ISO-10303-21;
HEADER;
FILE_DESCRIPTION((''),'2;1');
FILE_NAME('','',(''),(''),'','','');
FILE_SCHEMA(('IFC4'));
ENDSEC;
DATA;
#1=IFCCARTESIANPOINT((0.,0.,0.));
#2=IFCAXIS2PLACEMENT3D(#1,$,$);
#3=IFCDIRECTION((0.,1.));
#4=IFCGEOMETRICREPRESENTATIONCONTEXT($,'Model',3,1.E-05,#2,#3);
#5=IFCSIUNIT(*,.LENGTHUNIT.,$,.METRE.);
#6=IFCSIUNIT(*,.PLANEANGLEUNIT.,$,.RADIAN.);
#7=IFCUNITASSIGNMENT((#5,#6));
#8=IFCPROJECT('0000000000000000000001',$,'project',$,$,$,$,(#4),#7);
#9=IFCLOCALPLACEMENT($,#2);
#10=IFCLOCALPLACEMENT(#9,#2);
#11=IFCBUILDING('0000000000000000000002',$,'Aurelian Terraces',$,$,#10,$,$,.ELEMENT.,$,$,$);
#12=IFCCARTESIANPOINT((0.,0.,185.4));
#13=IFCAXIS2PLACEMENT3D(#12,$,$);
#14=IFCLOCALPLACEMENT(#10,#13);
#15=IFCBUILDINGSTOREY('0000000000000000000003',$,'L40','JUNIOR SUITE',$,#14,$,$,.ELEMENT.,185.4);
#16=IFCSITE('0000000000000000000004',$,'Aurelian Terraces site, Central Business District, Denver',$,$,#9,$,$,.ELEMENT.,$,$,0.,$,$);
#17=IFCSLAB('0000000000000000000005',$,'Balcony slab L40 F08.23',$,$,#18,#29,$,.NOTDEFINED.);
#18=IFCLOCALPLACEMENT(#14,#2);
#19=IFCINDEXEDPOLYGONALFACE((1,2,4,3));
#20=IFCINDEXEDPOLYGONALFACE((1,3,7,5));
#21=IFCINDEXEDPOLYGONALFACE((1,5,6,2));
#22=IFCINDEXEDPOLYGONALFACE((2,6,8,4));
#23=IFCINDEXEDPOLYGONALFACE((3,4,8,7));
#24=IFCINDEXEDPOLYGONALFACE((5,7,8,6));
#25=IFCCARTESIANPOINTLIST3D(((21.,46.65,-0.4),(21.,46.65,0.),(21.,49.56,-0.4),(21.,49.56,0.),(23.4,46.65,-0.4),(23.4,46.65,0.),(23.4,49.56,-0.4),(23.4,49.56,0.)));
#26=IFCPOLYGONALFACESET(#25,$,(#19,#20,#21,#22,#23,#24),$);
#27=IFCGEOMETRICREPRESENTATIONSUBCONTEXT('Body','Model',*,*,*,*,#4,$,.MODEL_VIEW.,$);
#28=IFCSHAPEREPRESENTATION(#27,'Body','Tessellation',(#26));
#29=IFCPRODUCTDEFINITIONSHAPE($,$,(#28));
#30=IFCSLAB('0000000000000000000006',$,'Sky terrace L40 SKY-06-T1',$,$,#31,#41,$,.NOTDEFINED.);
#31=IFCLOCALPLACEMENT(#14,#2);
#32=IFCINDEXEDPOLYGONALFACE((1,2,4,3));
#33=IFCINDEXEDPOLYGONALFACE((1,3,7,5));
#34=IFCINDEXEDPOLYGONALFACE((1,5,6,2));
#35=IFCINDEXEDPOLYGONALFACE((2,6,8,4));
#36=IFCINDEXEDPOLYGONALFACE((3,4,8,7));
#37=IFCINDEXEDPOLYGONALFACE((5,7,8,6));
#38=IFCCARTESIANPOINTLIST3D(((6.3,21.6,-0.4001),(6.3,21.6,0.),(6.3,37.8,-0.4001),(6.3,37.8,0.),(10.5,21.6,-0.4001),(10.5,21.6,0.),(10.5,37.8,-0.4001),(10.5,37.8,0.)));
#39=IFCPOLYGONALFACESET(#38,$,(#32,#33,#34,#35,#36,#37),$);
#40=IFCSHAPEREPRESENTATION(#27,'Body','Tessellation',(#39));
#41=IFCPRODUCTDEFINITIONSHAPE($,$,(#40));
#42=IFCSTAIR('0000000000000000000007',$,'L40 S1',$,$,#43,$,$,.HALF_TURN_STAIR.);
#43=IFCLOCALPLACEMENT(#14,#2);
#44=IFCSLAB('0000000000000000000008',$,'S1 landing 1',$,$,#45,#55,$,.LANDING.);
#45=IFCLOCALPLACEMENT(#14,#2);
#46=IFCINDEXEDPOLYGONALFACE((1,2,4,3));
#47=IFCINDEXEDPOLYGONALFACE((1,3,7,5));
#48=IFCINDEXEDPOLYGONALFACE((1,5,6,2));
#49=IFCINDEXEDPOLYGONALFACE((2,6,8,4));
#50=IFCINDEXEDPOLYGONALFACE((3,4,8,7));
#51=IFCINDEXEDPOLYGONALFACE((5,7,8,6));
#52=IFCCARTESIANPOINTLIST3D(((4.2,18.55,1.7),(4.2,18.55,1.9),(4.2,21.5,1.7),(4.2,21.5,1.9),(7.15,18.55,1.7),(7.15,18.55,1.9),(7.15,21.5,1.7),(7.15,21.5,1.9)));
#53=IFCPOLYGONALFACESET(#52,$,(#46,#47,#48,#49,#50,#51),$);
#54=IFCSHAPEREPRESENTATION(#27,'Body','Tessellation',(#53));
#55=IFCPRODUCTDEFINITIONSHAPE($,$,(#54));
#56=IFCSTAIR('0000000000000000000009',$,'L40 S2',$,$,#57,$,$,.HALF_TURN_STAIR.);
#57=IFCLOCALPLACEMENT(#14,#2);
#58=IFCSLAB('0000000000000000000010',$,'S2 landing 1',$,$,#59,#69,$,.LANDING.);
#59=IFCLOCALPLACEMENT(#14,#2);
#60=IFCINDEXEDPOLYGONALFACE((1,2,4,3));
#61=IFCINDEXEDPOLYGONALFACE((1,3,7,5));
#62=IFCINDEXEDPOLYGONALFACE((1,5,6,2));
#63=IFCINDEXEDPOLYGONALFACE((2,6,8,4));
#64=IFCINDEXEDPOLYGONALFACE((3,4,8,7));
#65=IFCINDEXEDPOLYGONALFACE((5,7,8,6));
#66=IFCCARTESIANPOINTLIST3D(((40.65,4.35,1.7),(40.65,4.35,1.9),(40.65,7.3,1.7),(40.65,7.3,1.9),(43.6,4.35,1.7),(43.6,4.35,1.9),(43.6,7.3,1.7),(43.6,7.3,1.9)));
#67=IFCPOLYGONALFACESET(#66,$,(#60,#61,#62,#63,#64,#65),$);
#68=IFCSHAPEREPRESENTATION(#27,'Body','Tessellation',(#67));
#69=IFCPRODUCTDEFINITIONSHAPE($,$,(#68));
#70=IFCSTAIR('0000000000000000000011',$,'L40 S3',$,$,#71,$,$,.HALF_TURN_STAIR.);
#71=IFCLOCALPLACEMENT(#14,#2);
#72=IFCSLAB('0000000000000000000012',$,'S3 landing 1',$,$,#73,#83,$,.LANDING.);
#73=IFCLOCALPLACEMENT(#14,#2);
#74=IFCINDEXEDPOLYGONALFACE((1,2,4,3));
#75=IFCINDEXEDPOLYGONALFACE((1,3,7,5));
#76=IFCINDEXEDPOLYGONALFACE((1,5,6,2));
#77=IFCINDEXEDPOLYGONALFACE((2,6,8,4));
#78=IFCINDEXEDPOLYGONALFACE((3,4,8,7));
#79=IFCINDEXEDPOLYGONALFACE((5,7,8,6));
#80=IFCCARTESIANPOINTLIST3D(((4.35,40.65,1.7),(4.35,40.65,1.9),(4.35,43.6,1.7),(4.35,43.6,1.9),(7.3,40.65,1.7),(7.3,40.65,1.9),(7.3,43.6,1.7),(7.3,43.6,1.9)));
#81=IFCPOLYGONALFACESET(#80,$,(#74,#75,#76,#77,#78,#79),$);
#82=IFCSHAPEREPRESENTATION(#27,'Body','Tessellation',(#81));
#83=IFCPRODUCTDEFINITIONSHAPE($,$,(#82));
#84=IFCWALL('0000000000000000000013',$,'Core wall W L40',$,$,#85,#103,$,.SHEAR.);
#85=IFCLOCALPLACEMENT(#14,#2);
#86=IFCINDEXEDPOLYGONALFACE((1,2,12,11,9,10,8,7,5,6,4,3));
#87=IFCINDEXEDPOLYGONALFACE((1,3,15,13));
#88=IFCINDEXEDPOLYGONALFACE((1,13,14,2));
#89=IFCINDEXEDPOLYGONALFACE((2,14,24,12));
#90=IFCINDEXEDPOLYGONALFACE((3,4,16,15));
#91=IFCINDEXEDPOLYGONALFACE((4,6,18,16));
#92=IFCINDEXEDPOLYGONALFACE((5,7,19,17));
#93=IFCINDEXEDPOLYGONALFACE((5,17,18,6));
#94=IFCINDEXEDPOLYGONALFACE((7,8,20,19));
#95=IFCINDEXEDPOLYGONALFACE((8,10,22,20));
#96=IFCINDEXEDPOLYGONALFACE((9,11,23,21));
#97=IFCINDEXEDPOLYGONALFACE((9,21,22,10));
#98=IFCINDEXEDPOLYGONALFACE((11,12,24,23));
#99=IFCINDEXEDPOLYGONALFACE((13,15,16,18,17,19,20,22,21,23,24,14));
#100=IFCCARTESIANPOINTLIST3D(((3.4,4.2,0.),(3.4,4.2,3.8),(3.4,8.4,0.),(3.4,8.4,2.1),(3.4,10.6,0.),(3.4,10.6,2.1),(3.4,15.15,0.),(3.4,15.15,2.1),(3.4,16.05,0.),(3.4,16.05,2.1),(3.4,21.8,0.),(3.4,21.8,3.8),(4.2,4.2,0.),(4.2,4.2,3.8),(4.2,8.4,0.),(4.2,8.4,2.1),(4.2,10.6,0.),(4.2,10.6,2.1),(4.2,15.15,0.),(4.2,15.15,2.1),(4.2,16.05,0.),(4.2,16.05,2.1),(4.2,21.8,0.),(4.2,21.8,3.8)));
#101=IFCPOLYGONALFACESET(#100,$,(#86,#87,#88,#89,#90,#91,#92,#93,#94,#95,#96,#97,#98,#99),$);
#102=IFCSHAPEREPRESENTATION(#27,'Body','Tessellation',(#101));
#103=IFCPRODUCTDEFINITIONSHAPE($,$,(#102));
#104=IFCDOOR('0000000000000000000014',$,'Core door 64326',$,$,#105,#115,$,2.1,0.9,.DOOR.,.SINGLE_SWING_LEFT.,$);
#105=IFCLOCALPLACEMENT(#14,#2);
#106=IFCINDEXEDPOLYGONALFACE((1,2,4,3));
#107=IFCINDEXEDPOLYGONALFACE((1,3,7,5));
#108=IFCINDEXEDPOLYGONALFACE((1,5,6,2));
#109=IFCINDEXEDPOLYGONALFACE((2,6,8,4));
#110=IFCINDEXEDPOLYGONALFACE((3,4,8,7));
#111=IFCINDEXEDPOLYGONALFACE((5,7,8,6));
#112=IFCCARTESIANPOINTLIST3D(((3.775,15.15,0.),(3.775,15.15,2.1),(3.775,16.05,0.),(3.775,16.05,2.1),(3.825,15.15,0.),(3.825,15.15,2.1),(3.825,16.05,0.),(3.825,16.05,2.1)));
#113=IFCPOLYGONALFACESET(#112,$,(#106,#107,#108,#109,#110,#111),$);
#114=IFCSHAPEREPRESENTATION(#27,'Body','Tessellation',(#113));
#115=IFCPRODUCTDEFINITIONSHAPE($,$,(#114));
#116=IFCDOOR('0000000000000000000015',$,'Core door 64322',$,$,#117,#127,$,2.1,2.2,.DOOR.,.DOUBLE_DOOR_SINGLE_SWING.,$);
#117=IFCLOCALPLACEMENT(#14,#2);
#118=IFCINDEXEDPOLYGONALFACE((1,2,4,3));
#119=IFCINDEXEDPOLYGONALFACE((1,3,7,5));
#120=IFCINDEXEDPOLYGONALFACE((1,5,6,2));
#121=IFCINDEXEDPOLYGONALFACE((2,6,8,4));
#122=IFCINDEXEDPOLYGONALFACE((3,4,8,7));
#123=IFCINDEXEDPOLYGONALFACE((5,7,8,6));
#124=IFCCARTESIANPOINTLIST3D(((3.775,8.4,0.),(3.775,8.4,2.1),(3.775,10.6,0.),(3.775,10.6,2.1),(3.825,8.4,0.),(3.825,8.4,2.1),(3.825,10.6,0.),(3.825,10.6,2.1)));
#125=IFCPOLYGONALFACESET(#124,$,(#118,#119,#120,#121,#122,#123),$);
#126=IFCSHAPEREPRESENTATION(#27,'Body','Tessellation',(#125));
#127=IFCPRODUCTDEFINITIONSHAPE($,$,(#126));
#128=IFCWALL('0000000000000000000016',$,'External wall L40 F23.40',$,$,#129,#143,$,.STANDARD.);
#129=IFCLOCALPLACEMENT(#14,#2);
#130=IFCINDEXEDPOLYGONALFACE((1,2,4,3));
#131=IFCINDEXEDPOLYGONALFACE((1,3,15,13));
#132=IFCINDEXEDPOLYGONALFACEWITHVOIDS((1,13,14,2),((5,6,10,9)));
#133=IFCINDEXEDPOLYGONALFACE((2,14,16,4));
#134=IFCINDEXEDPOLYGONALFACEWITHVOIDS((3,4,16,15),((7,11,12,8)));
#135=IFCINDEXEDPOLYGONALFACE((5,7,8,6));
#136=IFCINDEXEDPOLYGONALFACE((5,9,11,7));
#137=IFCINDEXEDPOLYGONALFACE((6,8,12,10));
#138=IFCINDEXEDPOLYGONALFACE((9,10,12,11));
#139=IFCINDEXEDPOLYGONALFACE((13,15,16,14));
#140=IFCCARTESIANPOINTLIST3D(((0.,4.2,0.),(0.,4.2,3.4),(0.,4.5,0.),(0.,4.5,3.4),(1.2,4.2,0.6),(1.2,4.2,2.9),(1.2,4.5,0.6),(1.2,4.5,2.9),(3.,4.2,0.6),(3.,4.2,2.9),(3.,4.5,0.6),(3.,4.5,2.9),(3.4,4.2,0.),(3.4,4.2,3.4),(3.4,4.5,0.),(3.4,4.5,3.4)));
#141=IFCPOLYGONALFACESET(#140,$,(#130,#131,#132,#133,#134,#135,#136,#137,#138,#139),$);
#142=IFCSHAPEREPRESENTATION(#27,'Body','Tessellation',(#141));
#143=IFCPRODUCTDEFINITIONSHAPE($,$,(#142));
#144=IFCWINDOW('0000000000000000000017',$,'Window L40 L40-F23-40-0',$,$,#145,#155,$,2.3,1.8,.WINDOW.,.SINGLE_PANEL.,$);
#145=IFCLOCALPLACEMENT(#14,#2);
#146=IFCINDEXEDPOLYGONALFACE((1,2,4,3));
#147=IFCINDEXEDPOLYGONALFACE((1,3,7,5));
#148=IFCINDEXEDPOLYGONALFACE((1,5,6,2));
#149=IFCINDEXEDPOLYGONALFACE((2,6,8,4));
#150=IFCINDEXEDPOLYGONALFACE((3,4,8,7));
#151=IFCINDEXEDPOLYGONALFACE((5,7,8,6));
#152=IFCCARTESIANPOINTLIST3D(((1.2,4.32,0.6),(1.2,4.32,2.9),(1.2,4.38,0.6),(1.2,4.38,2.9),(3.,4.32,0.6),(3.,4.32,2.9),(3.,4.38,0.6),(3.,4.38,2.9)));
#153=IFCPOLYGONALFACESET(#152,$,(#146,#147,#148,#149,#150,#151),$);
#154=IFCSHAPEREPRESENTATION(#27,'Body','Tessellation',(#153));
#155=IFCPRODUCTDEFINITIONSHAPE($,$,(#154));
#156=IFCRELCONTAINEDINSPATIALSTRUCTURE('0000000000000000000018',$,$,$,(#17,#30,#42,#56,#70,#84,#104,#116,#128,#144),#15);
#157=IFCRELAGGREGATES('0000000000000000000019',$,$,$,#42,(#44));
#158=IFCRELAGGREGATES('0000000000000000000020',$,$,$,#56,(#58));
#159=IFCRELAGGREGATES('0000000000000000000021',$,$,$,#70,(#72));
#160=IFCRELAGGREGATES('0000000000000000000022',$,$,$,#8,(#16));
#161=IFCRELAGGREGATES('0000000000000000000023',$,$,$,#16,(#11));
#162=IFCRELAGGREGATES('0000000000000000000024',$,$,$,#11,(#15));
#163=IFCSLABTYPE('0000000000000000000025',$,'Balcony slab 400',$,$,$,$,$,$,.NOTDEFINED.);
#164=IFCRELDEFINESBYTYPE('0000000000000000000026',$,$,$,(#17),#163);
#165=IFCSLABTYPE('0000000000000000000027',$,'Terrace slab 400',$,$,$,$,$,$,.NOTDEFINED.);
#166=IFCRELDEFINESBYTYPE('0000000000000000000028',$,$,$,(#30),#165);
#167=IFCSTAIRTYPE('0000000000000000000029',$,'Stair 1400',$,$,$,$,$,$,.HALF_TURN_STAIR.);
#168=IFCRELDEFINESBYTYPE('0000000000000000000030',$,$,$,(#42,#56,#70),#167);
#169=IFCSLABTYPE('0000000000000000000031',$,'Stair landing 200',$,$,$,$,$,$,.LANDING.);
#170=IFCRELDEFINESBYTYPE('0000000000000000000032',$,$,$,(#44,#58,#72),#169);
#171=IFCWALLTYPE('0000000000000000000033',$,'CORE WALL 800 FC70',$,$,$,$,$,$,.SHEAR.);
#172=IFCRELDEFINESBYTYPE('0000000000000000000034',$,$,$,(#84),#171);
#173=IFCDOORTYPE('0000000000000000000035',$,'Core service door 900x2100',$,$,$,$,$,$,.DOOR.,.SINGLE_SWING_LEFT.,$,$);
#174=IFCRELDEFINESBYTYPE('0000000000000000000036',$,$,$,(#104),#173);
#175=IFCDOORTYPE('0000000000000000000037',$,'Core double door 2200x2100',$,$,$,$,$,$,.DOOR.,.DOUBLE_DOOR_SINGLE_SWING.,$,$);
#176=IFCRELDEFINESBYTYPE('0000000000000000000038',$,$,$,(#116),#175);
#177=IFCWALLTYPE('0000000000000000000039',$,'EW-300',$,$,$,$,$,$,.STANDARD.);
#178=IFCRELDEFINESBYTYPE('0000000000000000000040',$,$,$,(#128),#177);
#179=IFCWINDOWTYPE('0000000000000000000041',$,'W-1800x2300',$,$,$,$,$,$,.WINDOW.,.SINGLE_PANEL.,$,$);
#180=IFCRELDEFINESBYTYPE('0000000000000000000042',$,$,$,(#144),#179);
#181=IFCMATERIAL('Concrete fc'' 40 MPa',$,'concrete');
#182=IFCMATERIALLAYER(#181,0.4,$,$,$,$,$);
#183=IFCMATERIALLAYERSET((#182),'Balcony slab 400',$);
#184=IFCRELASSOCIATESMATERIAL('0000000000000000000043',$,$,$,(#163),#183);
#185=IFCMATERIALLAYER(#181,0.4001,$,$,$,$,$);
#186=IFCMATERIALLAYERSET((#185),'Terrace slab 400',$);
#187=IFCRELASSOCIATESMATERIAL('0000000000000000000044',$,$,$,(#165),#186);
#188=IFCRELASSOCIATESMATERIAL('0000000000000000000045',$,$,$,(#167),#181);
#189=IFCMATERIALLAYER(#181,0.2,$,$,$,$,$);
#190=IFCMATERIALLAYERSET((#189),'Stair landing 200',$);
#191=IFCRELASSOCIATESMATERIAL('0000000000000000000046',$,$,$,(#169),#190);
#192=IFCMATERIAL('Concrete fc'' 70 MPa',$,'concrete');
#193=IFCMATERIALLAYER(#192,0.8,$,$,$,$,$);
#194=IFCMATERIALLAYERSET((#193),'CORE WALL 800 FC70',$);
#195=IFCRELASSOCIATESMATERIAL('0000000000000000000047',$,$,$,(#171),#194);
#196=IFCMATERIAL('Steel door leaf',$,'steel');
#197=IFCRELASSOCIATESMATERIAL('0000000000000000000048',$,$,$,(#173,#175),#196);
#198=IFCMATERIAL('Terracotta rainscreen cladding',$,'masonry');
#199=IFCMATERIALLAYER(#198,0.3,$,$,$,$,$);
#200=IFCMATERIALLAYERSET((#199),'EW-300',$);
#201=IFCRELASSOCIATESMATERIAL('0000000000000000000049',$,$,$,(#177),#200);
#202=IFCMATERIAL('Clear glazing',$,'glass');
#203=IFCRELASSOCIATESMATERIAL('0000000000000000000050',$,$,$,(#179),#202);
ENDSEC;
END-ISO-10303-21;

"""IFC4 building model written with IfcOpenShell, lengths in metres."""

from ifc_helpers import new_model, si_unit, direction, frame, frame_2d, origin, place, context, subcontext, project, spatial, polyline, rectangle, outline, extrude, source, transform, mapped, material, layer, layer_set, type_object, element, fill, aggregate, save


model = new_model("IFC4")

# Units and contexts
model_context = context("Model", 3, precision=1e-05, world=origin(), true_north=direction((0.0, 1.0)))
body_context = subcontext(model_context, "Body", "Model", "MODEL_VIEW")
ifc_project = project(units=[si_unit("LENGTHUNIT", "METRE"), si_unit("PLANEANGLEUNIT", "RADIAN")], contexts=[model_context])

# Site, building, storey
site_placement = place(None, origin())
site = spatial("IfcSite", under=ifc_project, at=site_placement, Name="Aurelian Terraces site, Central Business District, Denver", CompositionType="ELEMENT", RefElevation=0.0)
building_placement = place(site_placement, origin())
building = spatial("IfcBuilding", under=site, at=building_placement, Name="Aurelian Terraces", CompositionType="ELEMENT")
storey_placement = place(building_placement, frame((0.0, 0.0, 185.4)))
storey = spatial("IfcBuildingStorey", under=building, at=storey_placement, Name="L40", Description="JUNIOR SUITE", CompositionType="ELEMENT", Elevation=185.4)

# Slabs
ifc_material_1 = material(Name="Concrete fc' 40 MPa", Category="concrete")
ifc_layer_1 = layer(ifc_material_1, 0.4)
ifc_layer_set_1 = layer_set([ifc_layer_1], Name="Balcony slab 400")
slab_type_1 = type_object("IfcSlabType", Name="Balcony slab 400", PredefinedType="NOTDEFINED", material=ifc_layer_set_1)
shared_shape_1 = source(origin(), body_context, "Body", "SweptSolid", [
    extrude(outline(polyline([(21.0, 46.65), (21.0, 49.56), (23.4, 49.56), (23.4, 46.65), (21.0, 46.65)])), origin(), (0.0, 0.0, 1.0), 0.4),
])
slab_1_placement = place(storey_placement, frame((0.0, 0.0, -0.4)))
element("IfcSlab", 1, at=slab_1_placement, inside=storey, type_object=slab_type_1, Name="Balcony slab L40 F08.23", PredefinedType="NOTDEFINED", context=body_context, shape_type="MappedRepresentation", body=[
    mapped(shared_shape_1, transform((0.0, 0.0, 0.0), scale=1.0)),
])
ifc_layer_2 = layer(ifc_material_1, 0.4001)
ifc_layer_set_2 = layer_set([ifc_layer_2], Name="Terrace slab 400")
slab_type_2 = type_object("IfcSlabType", Name="Terrace slab 400", PredefinedType="NOTDEFINED", material=ifc_layer_set_2)
shared_shape_2 = source(origin(), body_context, "Body", "SweptSolid", [
    extrude(outline(polyline([(10.5, 21.6), (6.3, 21.6), (6.3, 37.8), (10.5, 37.8), (10.5, 21.6)])), origin(), (0.0, 0.0, 1.0), 0.4001),
])
slab_2_placement = place(storey_placement, frame((0.0, 0.0, -0.4001)))
element("IfcSlab", 2, at=slab_2_placement, inside=storey, type_object=slab_type_2, Name="Sky terrace L40 SKY-06-T1", PredefinedType="NOTDEFINED", context=body_context, shape_type="MappedRepresentation", body=[
    mapped(shared_shape_2, transform((0.0, 0.0, 0.0), scale=1.0)),
])

# Stairs, slabs
stair_type = type_object("IfcStairType", Name="Stair 1400", PredefinedType="HALF_TURN_STAIR", material=ifc_material_1)
stair_1_placement = place(storey_placement, origin())
stair_1 = element("IfcStair", 3, at=stair_1_placement, inside=storey, type_object=stair_type, Name="L40 S1", PredefinedType="HALF_TURN_STAIR")
ifc_layer_3 = layer(ifc_material_1, 0.2)
ifc_layer_set_3 = layer_set([ifc_layer_3], Name="Stair landing 200")
slab_type_3 = type_object("IfcSlabType", Name="Stair landing 200", PredefinedType="LANDING", material=ifc_layer_set_3)
shared_shape_3 = source(origin(), body_context, "Body", "SweptSolid", [
    extrude(outline(polyline([(7.15, 18.55), (7.15, 21.5), (4.2, 21.5), (4.2, 18.55), (7.15, 18.55)])), origin(), (0.0, 0.0, 1.0), 0.2),
])
slab_3_placement = place(storey_placement, frame((0.0, 0.0, 1.7)))
slab_3 = element("IfcSlab", 4, at=slab_3_placement, type_object=slab_type_3, Name="S1 landing 1", PredefinedType="LANDING", context=body_context, shape_type="MappedRepresentation", body=[
    mapped(shared_shape_3, transform((0.0, 0.0, 0.0), scale=1.0)),
])
aggregate(stair_1, [slab_3])
stair_2_placement = place(storey_placement, origin())
stair_2 = element("IfcStair", 5, at=stair_2_placement, inside=storey, type_object=stair_type, Name="L40 S2", PredefinedType="HALF_TURN_STAIR")
shared_shape_4 = source(origin(), body_context, "Body", "SweptSolid", [
    extrude(outline(polyline([(43.6, 4.35), (43.6, 7.3), (40.65, 7.3), (40.65, 4.35), (43.6, 4.35)])), origin(), (0.0, 0.0, 1.0), 0.2),
])
slab_4_placement = place(storey_placement, frame((0.0, 0.0, 1.7)))
slab_4 = element("IfcSlab", 6, at=slab_4_placement, type_object=slab_type_3, Name="S2 landing 1", PredefinedType="LANDING", context=body_context, shape_type="MappedRepresentation", body=[
    mapped(shared_shape_4, transform((0.0, 0.0, 0.0), scale=1.0)),
])
aggregate(stair_2, [slab_4])
stair_3_placement = place(storey_placement, origin())
stair_3 = element("IfcStair", 7, at=stair_3_placement, inside=storey, type_object=stair_type, Name="L40 S3", PredefinedType="HALF_TURN_STAIR")
shared_shape_5 = source(origin(), body_context, "Body", "SweptSolid", [
    extrude(outline(polyline([(4.35, 40.65), (7.3, 40.65), (7.3, 43.6), (4.35, 43.6), (4.35, 40.65)])), origin(), (0.0, 0.0, 1.0), 0.2),
])
slab_5_placement = place(storey_placement, frame((0.0, 0.0, 1.7)))
slab_5 = element("IfcSlab", 8, at=slab_5_placement, type_object=slab_type_3, Name="S3 landing 1", PredefinedType="LANDING", context=body_context, shape_type="MappedRepresentation", body=[
    mapped(shared_shape_5, transform((0.0, 0.0, 0.0), scale=1.0)),
])
aggregate(stair_3, [slab_5])

# Wall, openings, doors
ifc_material_2 = material(Name="Concrete fc' 70 MPa", Category="concrete")
ifc_layer_4 = layer(ifc_material_2, 0.8)
ifc_layer_set_4 = layer_set([ifc_layer_4], Name="CORE WALL 800 FC70")
wall_type_1 = type_object("IfcWallType", Name="CORE WALL 800 FC70", PredefinedType="SHEAR", material=ifc_layer_set_4)
shared_shape_6 = source(origin(), body_context, "Body", "SweptSolid", [
    extrude(rectangle(XDim=17.6, YDim=0.8, at=frame_2d((8.8, 0.0))), origin(), (0.0, 0.0, 1.0), 3.8),
])
wall_1_placement = place(storey_placement, frame((3.8, 4.2, 0.0), z_axis=(0.0, 0.0, 1.0), x_axis=(0.0, 1.0, 0.0)))
wall_1 = element("IfcWall", 9, at=wall_1_placement, inside=storey, type_object=wall_type_1, Name="Core wall W L40", PredefinedType="SHEAR", context=body_context, shape_type="MappedRepresentation", body=[
    mapped(shared_shape_6, transform((0.0, 0.0, 0.0), scale=1.0)),
])
shared_shape_7 = source(origin(), body_context, "Body", "SweptSolid", [
    extrude(rectangle(XDim=2.2, YDim=2.1, at=frame_2d((1.1, 1.05))), frame((0.0, 0.41, 0.0), z_axis=(0.0, -1.0, 0.0), x_axis=(1.0, 0.0, 0.0)), (0.0, 0.0, 1.0), 0.82),
])
opening_1_placement = place(wall_1_placement, frame((4.2, 0.0, 0.0)))
opening_1 = element("IfcOpeningElement", 10, at=opening_1_placement, cuts=wall_1, PredefinedType="OPENING", context=body_context, shape_type="MappedRepresentation", body=[
    mapped(shared_shape_7, transform((0.0, 0.0, 0.0), scale=1.0)),
])
shared_shape_8 = source(origin(), body_context, "Body", "SweptSolid", [
    extrude(rectangle(XDim=0.9, YDim=2.1, at=frame_2d((0.45, 1.05))), frame((0.0, 0.41, 0.0), z_axis=(0.0, -1.0, 0.0), x_axis=(1.0, 0.0, 0.0)), (0.0, 0.0, 1.0), 0.82),
])
opening_2_placement = place(wall_1_placement, frame((10.95, 0.0, 0.0)))
opening_2 = element("IfcOpeningElement", 11, at=opening_2_placement, cuts=wall_1, PredefinedType="OPENING", context=body_context, shape_type="MappedRepresentation", body=[
    mapped(shared_shape_8, transform((0.0, 0.0, 0.0), scale=1.0)),
])
ifc_material_3 = material(Name="Steel door leaf", Category="steel")
door_type_1 = type_object("IfcDoorType", Name="Core service door 900x2100", OperationType="SINGLE_SWING_LEFT", PredefinedType="DOOR", material=ifc_material_3)
shared_shape_9 = source(origin(), body_context, "Body", "SweptSolid", [
    extrude(rectangle(XDim=0.9, YDim=2.1, at=frame_2d((0.45, 1.05))), frame((0.0, 0.025, 0.0), z_axis=(0.0, -1.0, 0.0), x_axis=(1.0, 0.0, 0.0)), (0.0, 0.0, 1.0), 0.05),
])
door_1_placement = place(opening_2_placement, origin())
door_1 = element("IfcDoor", 12, at=door_1_placement, inside=storey, type_object=door_type_1, Name="Core door 64326", OperationType="SINGLE_SWING_LEFT", OverallHeight=2.1, OverallWidth=0.9, PredefinedType="DOOR", context=body_context, shape_type="MappedRepresentation", body=[
    mapped(shared_shape_9, transform((0.0, 0.0, 0.0), scale=1.0)),
])
fill(opening_2, door_1)
door_type_2 = type_object("IfcDoorType", Name="Core double door 2200x2100", OperationType="DOUBLE_DOOR_SINGLE_SWING", PredefinedType="DOOR", material=ifc_material_3)
shared_shape_10 = source(origin(), body_context, "Body", "SweptSolid", [
    extrude(rectangle(XDim=2.2, YDim=2.1, at=frame_2d((1.1, 1.05))), frame((0.0, 0.025, 0.0), z_axis=(0.0, -1.0, 0.0), x_axis=(1.0, 0.0, 0.0)), (0.0, 0.0, 1.0), 0.05),
])
door_2_placement = place(opening_1_placement, origin())
door_2 = element("IfcDoor", 13, at=door_2_placement, inside=storey, type_object=door_type_2, Name="Core door 64322", OperationType="DOUBLE_DOOR_SINGLE_SWING", OverallHeight=2.1, OverallWidth=2.2, PredefinedType="DOOR", context=body_context, shape_type="MappedRepresentation", body=[
    mapped(shared_shape_10, transform((0.0, 0.0, 0.0), scale=1.0)),
])
fill(opening_1, door_2)

# Wall, opening, window
ifc_material_4 = material(Name="Terracotta rainscreen cladding", Category="masonry")
ifc_layer_5 = layer(ifc_material_4, 0.3)
ifc_layer_set_5 = layer_set([ifc_layer_5], Name="EW-300")
wall_type_2 = type_object("IfcWallType", Name="EW-300", PredefinedType="STANDARD", material=ifc_layer_set_5)
shared_shape_11 = source(origin(), body_context, "Body", "SweptSolid", [
    extrude(rectangle(XDim=3.4, YDim=0.3, at=frame_2d((1.7, 0.0))), origin(), (0.0, 0.0, 1.0), 3.4),
])
wall_2_placement = place(storey_placement, frame((0.0, 4.35, 0.0), z_axis=(0.0, 0.0, 1.0), x_axis=(1.0, 0.0, 0.0)))
wall_2 = element("IfcWall", 14, at=wall_2_placement, inside=storey, type_object=wall_type_2, Name="External wall L40 F23.40", PredefinedType="STANDARD", context=body_context, shape_type="MappedRepresentation", body=[
    mapped(shared_shape_11, transform((0.0, 0.0, 0.0), scale=1.0)),
])
shared_shape_12 = source(origin(), body_context, "Body", "SweptSolid", [
    extrude(rectangle(XDim=1.8, YDim=2.3, at=frame_2d((0.9, 1.15))), frame((0.0, 0.16, 0.0), z_axis=(0.0, -1.0, 0.0), x_axis=(1.0, 0.0, 0.0)), (0.0, 0.0, 1.0), 0.32),
])
opening_3_placement = place(wall_2_placement, frame((1.2, 0.0, 0.6)))
opening_3 = element("IfcOpeningElement", 15, at=opening_3_placement, cuts=wall_2, PredefinedType="OPENING", context=body_context, shape_type="MappedRepresentation", body=[
    mapped(shared_shape_12, transform((0.0, 0.0, 0.0), scale=1.0)),
])
ifc_material_5 = material(Name="Clear glazing", Category="glass")
window_type = type_object("IfcWindowType", Name="W-1800x2300", PartitioningType="SINGLE_PANEL", PredefinedType="WINDOW", material=ifc_material_5)
shared_shape_13 = source(origin(), body_context, "Body", "SweptSolid", [
    extrude(rectangle(XDim=1.8, YDim=2.3, at=frame_2d((0.9, 1.15))), frame((0.0, 0.03, 0.0), z_axis=(0.0, -1.0, 0.0), x_axis=(1.0, 0.0, 0.0)), (0.0, 0.0, 1.0), 0.06),
])
window_placement = place(opening_3_placement, origin())
window = element("IfcWindow", 16, at=window_placement, inside=storey, type_object=window_type, Name="Window L40 L40-F23-40-0", OverallHeight=2.3, OverallWidth=1.8, PartitioningType="SINGLE_PANEL", PredefinedType="WINDOW", context=body_context, shape_type="MappedRepresentation", body=[
    mapped(shared_shape_13, transform((0.0, 0.0, 0.0), scale=1.0)),
])
fill(opening_3, window)

save(model, "model.ifc")
